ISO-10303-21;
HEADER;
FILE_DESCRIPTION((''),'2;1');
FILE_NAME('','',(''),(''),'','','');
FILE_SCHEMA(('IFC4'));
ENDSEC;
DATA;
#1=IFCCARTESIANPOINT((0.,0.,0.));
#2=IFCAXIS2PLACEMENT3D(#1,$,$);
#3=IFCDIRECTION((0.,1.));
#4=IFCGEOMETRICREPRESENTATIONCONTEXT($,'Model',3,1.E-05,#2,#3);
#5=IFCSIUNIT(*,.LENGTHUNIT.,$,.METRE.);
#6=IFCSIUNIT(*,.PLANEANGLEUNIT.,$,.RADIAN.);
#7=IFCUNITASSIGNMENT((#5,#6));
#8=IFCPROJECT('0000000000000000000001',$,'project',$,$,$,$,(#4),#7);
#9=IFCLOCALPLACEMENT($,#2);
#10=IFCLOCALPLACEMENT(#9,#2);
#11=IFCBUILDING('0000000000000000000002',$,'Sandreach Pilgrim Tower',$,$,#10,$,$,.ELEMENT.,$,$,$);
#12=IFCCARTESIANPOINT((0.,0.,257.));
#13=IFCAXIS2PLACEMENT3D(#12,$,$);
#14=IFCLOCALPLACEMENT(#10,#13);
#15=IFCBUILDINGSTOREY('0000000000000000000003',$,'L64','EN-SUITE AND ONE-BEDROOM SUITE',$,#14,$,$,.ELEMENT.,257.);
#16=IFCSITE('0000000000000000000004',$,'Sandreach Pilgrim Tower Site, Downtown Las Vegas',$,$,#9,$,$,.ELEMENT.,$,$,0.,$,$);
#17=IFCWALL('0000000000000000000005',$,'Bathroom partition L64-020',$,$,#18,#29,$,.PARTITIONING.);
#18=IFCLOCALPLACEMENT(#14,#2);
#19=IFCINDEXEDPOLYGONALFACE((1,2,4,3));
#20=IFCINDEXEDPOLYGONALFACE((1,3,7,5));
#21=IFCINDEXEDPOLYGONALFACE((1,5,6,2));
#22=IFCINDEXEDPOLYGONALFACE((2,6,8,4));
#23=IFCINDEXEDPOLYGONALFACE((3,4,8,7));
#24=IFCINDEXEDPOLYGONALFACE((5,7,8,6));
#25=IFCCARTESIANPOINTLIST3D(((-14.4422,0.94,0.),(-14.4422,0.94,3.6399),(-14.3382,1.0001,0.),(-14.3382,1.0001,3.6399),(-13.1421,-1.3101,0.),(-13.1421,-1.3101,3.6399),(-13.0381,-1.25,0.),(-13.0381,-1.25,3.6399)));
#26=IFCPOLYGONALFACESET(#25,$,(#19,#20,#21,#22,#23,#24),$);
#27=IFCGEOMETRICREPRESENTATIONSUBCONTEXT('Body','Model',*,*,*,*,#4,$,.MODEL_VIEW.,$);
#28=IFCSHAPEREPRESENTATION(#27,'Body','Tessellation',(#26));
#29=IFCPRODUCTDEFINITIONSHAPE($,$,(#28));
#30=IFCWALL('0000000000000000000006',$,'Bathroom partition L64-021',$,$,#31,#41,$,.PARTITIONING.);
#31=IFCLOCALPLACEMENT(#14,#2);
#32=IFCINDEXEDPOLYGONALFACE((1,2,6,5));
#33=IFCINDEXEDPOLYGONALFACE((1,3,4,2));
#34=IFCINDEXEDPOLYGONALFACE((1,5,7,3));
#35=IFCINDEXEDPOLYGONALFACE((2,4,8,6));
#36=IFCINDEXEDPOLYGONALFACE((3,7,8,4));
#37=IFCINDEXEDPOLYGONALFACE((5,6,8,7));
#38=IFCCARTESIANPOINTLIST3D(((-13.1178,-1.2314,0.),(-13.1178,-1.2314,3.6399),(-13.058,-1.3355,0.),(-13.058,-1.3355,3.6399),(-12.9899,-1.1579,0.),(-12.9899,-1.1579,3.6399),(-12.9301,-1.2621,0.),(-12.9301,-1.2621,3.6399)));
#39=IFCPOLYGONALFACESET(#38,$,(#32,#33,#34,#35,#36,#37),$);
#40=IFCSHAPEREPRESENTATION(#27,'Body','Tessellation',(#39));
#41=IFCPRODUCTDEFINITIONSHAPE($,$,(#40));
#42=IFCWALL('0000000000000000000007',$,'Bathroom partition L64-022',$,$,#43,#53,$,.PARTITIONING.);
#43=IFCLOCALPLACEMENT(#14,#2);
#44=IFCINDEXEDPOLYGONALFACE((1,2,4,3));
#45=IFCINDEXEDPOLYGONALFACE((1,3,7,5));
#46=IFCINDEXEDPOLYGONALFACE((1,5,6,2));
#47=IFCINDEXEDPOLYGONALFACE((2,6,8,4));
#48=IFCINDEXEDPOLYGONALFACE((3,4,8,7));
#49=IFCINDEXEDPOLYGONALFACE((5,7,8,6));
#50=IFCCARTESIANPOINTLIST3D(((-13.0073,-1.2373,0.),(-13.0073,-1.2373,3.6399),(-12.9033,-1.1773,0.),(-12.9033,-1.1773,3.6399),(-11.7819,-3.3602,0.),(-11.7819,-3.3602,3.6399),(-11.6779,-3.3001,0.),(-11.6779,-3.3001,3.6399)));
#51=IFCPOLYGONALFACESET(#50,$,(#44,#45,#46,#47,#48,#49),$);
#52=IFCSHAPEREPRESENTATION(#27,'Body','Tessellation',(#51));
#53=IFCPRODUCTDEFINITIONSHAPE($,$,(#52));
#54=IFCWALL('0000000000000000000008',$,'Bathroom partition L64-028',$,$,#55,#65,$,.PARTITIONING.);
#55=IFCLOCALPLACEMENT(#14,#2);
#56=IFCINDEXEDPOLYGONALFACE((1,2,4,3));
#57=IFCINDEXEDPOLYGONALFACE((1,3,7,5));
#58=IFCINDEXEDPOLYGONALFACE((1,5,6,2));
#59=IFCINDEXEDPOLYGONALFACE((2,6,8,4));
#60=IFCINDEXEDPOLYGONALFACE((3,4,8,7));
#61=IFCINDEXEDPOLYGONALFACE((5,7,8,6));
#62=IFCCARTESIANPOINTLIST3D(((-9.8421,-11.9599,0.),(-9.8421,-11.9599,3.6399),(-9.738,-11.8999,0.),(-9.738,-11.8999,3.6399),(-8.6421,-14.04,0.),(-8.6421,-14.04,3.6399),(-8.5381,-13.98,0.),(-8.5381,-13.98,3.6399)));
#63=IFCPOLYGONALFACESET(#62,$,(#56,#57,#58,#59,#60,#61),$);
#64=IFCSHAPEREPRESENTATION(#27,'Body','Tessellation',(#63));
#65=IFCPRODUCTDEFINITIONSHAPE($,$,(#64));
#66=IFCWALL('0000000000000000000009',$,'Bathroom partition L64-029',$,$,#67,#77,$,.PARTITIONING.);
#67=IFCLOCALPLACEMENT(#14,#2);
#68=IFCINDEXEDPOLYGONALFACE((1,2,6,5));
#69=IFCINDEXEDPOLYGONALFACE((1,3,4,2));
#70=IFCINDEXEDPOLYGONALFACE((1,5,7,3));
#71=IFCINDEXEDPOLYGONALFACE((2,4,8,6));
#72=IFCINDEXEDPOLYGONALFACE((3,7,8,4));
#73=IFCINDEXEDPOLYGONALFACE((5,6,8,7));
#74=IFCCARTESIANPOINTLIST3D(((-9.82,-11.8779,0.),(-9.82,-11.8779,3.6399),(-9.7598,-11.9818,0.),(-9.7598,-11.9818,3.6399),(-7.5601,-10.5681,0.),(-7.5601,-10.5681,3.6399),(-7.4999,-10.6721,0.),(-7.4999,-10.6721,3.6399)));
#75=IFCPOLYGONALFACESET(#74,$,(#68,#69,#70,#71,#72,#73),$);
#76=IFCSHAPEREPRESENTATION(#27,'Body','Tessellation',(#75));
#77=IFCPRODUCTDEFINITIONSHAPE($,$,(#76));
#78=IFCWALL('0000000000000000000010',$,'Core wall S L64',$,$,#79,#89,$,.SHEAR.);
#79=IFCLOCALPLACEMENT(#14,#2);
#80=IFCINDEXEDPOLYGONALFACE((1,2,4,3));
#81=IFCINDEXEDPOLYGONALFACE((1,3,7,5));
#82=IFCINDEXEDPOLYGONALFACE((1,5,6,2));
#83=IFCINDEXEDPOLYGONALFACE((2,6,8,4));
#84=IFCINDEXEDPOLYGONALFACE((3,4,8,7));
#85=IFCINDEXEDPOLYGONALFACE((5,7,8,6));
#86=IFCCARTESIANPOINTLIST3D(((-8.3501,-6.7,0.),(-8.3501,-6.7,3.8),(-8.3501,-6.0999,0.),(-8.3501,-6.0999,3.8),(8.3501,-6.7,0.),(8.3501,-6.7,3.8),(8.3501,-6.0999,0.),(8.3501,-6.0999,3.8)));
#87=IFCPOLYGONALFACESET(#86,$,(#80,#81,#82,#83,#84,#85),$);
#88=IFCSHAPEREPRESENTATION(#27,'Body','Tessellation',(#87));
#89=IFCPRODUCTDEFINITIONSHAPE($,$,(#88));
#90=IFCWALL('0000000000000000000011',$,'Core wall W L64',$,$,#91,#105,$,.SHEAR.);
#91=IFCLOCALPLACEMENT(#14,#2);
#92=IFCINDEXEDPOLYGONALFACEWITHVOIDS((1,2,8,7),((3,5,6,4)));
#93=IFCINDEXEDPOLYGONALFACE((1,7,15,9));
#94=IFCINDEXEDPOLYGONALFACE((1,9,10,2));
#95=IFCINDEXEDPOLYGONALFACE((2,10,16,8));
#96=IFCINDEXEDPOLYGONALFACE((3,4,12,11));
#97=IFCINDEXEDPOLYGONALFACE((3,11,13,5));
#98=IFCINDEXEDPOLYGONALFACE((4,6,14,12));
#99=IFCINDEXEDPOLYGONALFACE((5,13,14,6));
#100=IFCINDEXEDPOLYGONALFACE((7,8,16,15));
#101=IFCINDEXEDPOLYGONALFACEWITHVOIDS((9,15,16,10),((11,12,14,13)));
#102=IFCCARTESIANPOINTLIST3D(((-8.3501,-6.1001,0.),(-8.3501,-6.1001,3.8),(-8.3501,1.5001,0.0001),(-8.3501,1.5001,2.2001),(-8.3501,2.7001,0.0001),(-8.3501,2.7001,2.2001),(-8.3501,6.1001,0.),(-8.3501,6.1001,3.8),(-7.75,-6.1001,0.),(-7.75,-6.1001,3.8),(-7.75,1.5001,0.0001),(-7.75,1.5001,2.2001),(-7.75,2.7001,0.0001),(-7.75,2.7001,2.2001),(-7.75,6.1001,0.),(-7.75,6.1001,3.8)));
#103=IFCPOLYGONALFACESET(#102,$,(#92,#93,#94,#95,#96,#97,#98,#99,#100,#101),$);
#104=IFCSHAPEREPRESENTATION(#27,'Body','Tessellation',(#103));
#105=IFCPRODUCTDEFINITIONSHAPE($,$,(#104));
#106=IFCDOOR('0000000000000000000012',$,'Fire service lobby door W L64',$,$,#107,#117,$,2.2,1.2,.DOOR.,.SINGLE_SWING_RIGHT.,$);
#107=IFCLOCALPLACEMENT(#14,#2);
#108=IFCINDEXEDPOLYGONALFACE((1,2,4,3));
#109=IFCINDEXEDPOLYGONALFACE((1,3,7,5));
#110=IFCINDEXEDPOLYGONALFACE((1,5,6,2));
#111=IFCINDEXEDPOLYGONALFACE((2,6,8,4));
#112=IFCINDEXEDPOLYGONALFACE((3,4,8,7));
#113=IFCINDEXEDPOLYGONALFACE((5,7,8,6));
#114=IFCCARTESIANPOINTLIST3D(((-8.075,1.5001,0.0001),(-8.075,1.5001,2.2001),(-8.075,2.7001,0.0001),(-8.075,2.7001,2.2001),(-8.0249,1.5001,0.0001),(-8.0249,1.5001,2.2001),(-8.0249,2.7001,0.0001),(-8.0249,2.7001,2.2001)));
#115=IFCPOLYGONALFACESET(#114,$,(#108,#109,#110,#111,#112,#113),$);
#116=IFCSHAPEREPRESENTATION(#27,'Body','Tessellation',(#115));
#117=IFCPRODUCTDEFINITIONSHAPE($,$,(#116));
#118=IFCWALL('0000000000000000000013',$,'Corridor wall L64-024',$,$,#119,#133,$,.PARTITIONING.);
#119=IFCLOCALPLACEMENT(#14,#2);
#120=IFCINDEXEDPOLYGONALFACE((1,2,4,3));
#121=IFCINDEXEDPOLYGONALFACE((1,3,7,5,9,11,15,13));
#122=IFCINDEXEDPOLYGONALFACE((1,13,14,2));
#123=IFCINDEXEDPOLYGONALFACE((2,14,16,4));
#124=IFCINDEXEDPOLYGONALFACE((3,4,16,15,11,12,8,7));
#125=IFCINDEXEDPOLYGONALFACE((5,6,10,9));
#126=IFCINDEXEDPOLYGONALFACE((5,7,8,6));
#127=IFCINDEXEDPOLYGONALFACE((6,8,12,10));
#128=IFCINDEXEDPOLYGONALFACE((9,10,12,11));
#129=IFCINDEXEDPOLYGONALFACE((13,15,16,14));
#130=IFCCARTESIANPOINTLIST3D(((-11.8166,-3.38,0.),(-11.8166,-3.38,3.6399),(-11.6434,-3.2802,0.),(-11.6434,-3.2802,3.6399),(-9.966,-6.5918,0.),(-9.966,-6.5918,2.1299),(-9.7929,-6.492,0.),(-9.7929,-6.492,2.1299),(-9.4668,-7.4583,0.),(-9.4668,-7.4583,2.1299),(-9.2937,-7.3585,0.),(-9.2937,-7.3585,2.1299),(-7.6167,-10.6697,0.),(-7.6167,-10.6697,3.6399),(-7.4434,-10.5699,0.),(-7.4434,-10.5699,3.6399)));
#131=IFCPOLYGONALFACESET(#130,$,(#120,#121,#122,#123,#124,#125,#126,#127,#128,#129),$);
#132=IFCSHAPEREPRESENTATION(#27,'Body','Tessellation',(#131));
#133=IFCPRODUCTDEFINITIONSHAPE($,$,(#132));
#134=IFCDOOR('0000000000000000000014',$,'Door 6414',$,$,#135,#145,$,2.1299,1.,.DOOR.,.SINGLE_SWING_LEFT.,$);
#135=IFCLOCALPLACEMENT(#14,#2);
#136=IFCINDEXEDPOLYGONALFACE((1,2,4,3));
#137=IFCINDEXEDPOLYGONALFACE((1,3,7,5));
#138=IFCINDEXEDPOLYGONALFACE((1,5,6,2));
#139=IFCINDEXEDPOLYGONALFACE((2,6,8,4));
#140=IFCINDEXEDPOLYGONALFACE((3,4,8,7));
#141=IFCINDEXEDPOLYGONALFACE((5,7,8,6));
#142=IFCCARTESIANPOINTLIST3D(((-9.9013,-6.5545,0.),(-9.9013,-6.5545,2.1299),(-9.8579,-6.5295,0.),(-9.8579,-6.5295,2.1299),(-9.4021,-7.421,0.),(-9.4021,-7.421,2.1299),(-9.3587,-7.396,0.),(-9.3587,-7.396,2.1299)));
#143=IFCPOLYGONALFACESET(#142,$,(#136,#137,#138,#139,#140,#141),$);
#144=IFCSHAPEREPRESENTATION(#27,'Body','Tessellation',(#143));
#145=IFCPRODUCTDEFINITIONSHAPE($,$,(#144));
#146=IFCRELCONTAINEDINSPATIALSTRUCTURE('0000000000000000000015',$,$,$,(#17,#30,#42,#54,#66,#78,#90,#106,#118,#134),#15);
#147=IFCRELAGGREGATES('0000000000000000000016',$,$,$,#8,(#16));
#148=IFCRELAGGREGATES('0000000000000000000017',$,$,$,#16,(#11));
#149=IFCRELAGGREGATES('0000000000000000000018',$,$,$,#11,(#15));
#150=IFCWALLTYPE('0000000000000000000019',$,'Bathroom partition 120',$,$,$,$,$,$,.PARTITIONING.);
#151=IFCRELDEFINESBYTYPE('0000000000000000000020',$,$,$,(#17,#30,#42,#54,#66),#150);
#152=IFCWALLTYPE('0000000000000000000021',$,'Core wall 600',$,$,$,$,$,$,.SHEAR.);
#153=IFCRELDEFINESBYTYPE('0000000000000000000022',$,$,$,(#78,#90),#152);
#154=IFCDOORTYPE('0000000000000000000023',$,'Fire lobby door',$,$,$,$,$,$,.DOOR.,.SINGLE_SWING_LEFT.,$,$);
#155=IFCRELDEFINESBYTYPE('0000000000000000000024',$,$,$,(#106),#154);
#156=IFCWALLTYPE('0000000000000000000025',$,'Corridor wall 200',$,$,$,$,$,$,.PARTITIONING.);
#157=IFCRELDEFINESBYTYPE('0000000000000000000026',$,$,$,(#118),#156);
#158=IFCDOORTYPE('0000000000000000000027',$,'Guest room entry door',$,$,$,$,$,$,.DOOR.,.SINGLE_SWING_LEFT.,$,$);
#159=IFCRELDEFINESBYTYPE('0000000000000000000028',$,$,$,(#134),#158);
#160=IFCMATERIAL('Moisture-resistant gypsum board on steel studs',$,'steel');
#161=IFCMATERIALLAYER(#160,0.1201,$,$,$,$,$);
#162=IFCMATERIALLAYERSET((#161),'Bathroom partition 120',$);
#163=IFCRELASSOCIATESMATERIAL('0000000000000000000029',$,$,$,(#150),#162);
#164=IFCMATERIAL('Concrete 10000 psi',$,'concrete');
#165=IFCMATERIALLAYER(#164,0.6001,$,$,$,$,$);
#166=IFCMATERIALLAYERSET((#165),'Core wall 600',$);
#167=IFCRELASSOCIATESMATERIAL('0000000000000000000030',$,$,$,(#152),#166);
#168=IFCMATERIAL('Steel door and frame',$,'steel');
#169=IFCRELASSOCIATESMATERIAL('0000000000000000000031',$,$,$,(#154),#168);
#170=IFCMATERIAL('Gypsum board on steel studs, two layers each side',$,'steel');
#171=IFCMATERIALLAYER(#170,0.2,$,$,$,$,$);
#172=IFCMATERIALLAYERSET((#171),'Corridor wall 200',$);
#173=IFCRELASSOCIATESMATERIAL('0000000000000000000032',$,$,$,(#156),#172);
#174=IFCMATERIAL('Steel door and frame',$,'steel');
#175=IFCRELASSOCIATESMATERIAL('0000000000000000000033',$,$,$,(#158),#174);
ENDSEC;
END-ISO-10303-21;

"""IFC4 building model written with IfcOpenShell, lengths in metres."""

from ifc_helpers import new_model, si_unit, direction, frame, frame_2d, origin, place, context, subcontext, project, spatial, rectangle, extrude, material, layer, layer_set, type_object, element, fill, save


model = new_model("IFC4")

# Units and contexts
model_context = context("Model", 3, precision=1e-05, world=origin(), true_north=direction((0.0, 1.0)))
body_context = subcontext(model_context, "Body", "Model", "MODEL_VIEW")
ifc_project = project(units=[si_unit("LENGTHUNIT", "METRE"), si_unit("PLANEANGLEUNIT", "RADIAN")], contexts=[model_context])

# Site, building, storey
site_placement = place(None, origin())
site = spatial("IfcSite", under=ifc_project, at=site_placement, Name="Sandreach Pilgrim Tower Site, Downtown Las Vegas", CompositionType="ELEMENT", RefElevation=0.0)
building_placement = place(site_placement, origin())
building = spatial("IfcBuilding", under=site, at=building_placement, Name="Sandreach Pilgrim Tower", CompositionType="ELEMENT")
storey_placement = place(building_placement, frame((0.0, 0.0, 257.0)))
storey = spatial("IfcBuildingStorey", under=building, at=storey_placement, Name="L64", Description="EN-SUITE AND ONE-BEDROOM SUITE", CompositionType="ELEMENT", Elevation=257.0)

# Shared definitions
ifc_material_1 = material(Name="Moisture-resistant gypsum board on steel studs", Category="steel")
ifc_layer_1 = layer(ifc_material_1, 0.1201)
ifc_layer_set_1 = layer_set([ifc_layer_1], Name="Bathroom partition 120")
wall_type_1 = type_object("IfcWallType", Name="Bathroom partition 120", PredefinedType="PARTITIONING", material=ifc_layer_set_1)

# Walls
wall_1_placement = place(storey_placement, frame((-13.0901, -1.28, 0.0), z_axis=(0.0, 0.0, 1.0), x_axis=(-0.500292, 0.865857, 0.0)))
element("IfcWall", 1, at=wall_1_placement, inside=storey, type_object=wall_type_1, Name="Bathroom partition L64-020", PredefinedType="PARTITIONING", context=body_context, shape_type="SweptSolid", body=[
    extrude(rectangle(XDim=2.5986, YDim=0.1201, at=frame_2d((1.2993, 0.0))), origin(), (0.0, 0.0, 1.0), 3.6399),
])
wall_2_placement = place(storey_placement, frame((-13.0879, -1.2834, 0.0), z_axis=(0.0, 0.0, 1.0), x_axis=(0.867121, 0.498098, 0.0)))
element("IfcWall", 2, at=wall_2_placement, inside=storey, type_object=wall_type_1, Name="Bathroom partition L64-021", PredefinedType="PARTITIONING", context=body_context, shape_type="SweptSolid", body=[
    extrude(rectangle(XDim=0.1475, YDim=0.1201, at=frame_2d((0.0737, 0.0))), origin(), (0.0, 0.0, 1.0), 3.6399),
])
wall_3_placement = place(storey_placement, frame((-12.9553, -1.2073, 0.0), z_axis=(0.0, 0.0, 1.0), x_axis=(0.499921, -0.866071, 0.0)))
element("IfcWall", 3, at=wall_3_placement, inside=storey, type_object=wall_type_1, Name="Bathroom partition L64-022", PredefinedType="PARTITIONING", context=body_context, shape_type="SweptSolid", body=[
    extrude(rectangle(XDim=2.4512, YDim=0.1201, at=frame_2d((1.2256, 0.0))), origin(), (0.0, 0.0, 1.0), 3.6399),
])
wall_4_placement = place(storey_placement, frame((-9.79, -11.9299, 0.0), z_axis=(0.0, 0.0, 1.0), x_axis=(0.499693, -0.866203, 0.0)))
element("IfcWall", 4, at=wall_4_placement, inside=storey, type_object=wall_type_1, Name="Bathroom partition L64-028", PredefinedType="PARTITIONING", context=body_context, shape_type="SweptSolid", body=[
    extrude(rectangle(XDim=2.4014, YDim=0.1201, at=frame_2d((1.2007, 0.0))), origin(), (0.0, 0.0, 1.0), 3.6399),
])
wall_5_placement = place(storey_placement, frame((-9.79, -11.9299, 0.0), z_axis=(0.0, 0.0, 1.0), x_axis=(0.865196, 0.501434, 0.0)))
element("IfcWall", 5, at=wall_5_placement, inside=storey, type_object=wall_type_1, Name="Bathroom partition L64-029", PredefinedType="PARTITIONING", context=body_context, shape_type="SweptSolid", body=[
    extrude(rectangle(XDim=2.6121, YDim=0.1201, at=frame_2d((1.3062, 0.0))), origin(), (0.0, 0.0, 1.0), 3.6399),
])
ifc_material_2 = material(Name="Concrete 10000 psi", Category="concrete")
ifc_layer_2 = layer(ifc_material_2, 0.6001)
ifc_layer_set_2 = layer_set([ifc_layer_2], Name="Core wall 600")
wall_type_2 = type_object("IfcWallType", Name="Core wall 600", PredefinedType="SHEAR", material=ifc_layer_set_2)
wall_6_placement = place(storey_placement, frame((-8.3501, -6.3999, 0.0), z_axis=(0.0, 0.0, 1.0), x_axis=(1.0, 0.0, 0.0)))
element("IfcWall", 6, at=wall_6_placement, inside=storey, type_object=wall_type_2, Name="Core wall S L64", PredefinedType="SHEAR", context=body_context, shape_type="SweptSolid", body=[
    extrude(rectangle(XDim=16.7002, YDim=0.6001, at=frame_2d((8.3501, 0.0))), origin(), (0.0, 0.0, 1.0), 3.8),
])

# Walls, openings, doors
wall_7_placement = place(storey_placement, frame((-8.05, -6.1001, 0.0), z_axis=(0.0, 0.0, 1.0), x_axis=(0.0, 1.0, 0.0)))
wall_7 = element("IfcWall", 7, at=wall_7_placement, inside=storey, type_object=wall_type_2, Name="Core wall W L64", PredefinedType="SHEAR", context=body_context, shape_type="SweptSolid", body=[
    extrude(rectangle(XDim=12.2002, YDim=0.6001, at=frame_2d((6.1001, 0.0))), origin(), (0.0, 0.0, 1.0), 3.8),
])
opening_1_placement = place(wall_7_placement, frame((7.6001, 0.0, 0.0)))
opening_1 = element("IfcOpeningElement", 8, at=opening_1_placement, cuts=wall_7, PredefinedType="OPENING", context=body_context, shape_type="SweptSolid", body=[
    extrude(rectangle(XDim=1.2, YDim=2.2, at=frame_2d((0.6001, 1.1001))), frame((0.0, 0.3, 0.0), z_axis=(0.0, -1.0, 0.0), x_axis=(1.0, 0.0, 0.0)), (0.0, 0.0, 1.0), 0.6001),
])
ifc_material_3 = material(Name="Steel door and frame", Category="steel")
door_type_1 = type_object("IfcDoorType", Name="Fire lobby door", OperationType="SINGLE_SWING_LEFT", PredefinedType="DOOR", material=ifc_material_3)
door_1_placement = place(opening_1_placement, origin())
door_1 = element("IfcDoor", 9, at=door_1_placement, inside=storey, type_object=door_type_1, Name="Fire service lobby door W L64", OperationType="SINGLE_SWING_RIGHT", OverallHeight=2.2, OverallWidth=1.2, PredefinedType="DOOR", context=body_context, shape_type="SweptSolid", body=[
    extrude(rectangle(XDim=1.2, YDim=2.2, at=frame_2d((0.6001, 1.1001))), frame((0.0, 0.0249, 0.0), z_axis=(0.0, -1.0, 0.0), x_axis=(1.0, 0.0, 0.0)), (0.0, 0.0, 1.0), 0.05),
])
fill(opening_1, door_1)
ifc_material_4 = material(Name="Gypsum board on steel studs, two layers each side", Category="steel")
ifc_layer_3 = layer(ifc_material_4, 0.2)
ifc_layer_set_3 = layer_set([ifc_layer_3], Name="Corridor wall 200")
wall_type_3 = type_object("IfcWallType", Name="Corridor wall 200", PredefinedType="PARTITIONING", material=ifc_layer_set_3)
wall_8_placement = place(storey_placement, frame((-11.73, -3.3301, 0.0), z_axis=(0.0, 0.0, 1.0), x_axis=(0.499214, -0.866479, 0.0)))
wall_8 = element("IfcWall", 10, at=wall_8_placement, inside=storey, type_object=wall_type_3, Name="Corridor wall L64-024", PredefinedType="PARTITIONING", context=body_context, shape_type="SweptSolid", body=[
    extrude(rectangle(XDim=8.4131, YDim=0.2, at=frame_2d((4.2065, 0.0))), origin(), (0.0, 0.0, 1.0), 3.6399),
])
opening_2_placement = place(wall_8_placement, frame((3.7068, 0.0, 0.0)))
opening_2 = element("IfcOpeningElement", 11, at=opening_2_placement, cuts=wall_8, PredefinedType="OPENING", context=body_context, shape_type="SweptSolid", body=[
    extrude(rectangle(XDim=1.0, YDim=2.1299, at=frame_2d((0.5, 1.0649))), frame((0.0, 0.1001, 0.0), z_axis=(0.0, -1.0, 0.0), x_axis=(1.0, 0.0, 0.0)), (0.0, 0.0, 1.0), 0.2),
])
ifc_material_5 = material(Name="Steel door and frame", Category="steel")
door_type_2 = type_object("IfcDoorType", Name="Guest room entry door", OperationType="SINGLE_SWING_LEFT", PredefinedType="DOOR", material=ifc_material_5)
door_2_placement = place(opening_2_placement, origin())
door_2 = element("IfcDoor", 12, at=door_2_placement, inside=storey, type_object=door_type_2, Name="Door 6414", OperationType="SINGLE_SWING_LEFT", OverallHeight=2.1299, OverallWidth=1.0, PredefinedType="DOOR", context=body_context, shape_type="SweptSolid", body=[
    extrude(rectangle(XDim=1.0, YDim=2.1299, at=frame_2d((0.5, 1.0649))), frame((0.0, 0.0249, 0.0), z_axis=(0.0, -1.0, 0.0), x_axis=(1.0, 0.0, 0.0)), (0.0, 0.0, 1.0), 0.05),
])
fill(opening_2, door_2)

save(model, "model.ifc")
